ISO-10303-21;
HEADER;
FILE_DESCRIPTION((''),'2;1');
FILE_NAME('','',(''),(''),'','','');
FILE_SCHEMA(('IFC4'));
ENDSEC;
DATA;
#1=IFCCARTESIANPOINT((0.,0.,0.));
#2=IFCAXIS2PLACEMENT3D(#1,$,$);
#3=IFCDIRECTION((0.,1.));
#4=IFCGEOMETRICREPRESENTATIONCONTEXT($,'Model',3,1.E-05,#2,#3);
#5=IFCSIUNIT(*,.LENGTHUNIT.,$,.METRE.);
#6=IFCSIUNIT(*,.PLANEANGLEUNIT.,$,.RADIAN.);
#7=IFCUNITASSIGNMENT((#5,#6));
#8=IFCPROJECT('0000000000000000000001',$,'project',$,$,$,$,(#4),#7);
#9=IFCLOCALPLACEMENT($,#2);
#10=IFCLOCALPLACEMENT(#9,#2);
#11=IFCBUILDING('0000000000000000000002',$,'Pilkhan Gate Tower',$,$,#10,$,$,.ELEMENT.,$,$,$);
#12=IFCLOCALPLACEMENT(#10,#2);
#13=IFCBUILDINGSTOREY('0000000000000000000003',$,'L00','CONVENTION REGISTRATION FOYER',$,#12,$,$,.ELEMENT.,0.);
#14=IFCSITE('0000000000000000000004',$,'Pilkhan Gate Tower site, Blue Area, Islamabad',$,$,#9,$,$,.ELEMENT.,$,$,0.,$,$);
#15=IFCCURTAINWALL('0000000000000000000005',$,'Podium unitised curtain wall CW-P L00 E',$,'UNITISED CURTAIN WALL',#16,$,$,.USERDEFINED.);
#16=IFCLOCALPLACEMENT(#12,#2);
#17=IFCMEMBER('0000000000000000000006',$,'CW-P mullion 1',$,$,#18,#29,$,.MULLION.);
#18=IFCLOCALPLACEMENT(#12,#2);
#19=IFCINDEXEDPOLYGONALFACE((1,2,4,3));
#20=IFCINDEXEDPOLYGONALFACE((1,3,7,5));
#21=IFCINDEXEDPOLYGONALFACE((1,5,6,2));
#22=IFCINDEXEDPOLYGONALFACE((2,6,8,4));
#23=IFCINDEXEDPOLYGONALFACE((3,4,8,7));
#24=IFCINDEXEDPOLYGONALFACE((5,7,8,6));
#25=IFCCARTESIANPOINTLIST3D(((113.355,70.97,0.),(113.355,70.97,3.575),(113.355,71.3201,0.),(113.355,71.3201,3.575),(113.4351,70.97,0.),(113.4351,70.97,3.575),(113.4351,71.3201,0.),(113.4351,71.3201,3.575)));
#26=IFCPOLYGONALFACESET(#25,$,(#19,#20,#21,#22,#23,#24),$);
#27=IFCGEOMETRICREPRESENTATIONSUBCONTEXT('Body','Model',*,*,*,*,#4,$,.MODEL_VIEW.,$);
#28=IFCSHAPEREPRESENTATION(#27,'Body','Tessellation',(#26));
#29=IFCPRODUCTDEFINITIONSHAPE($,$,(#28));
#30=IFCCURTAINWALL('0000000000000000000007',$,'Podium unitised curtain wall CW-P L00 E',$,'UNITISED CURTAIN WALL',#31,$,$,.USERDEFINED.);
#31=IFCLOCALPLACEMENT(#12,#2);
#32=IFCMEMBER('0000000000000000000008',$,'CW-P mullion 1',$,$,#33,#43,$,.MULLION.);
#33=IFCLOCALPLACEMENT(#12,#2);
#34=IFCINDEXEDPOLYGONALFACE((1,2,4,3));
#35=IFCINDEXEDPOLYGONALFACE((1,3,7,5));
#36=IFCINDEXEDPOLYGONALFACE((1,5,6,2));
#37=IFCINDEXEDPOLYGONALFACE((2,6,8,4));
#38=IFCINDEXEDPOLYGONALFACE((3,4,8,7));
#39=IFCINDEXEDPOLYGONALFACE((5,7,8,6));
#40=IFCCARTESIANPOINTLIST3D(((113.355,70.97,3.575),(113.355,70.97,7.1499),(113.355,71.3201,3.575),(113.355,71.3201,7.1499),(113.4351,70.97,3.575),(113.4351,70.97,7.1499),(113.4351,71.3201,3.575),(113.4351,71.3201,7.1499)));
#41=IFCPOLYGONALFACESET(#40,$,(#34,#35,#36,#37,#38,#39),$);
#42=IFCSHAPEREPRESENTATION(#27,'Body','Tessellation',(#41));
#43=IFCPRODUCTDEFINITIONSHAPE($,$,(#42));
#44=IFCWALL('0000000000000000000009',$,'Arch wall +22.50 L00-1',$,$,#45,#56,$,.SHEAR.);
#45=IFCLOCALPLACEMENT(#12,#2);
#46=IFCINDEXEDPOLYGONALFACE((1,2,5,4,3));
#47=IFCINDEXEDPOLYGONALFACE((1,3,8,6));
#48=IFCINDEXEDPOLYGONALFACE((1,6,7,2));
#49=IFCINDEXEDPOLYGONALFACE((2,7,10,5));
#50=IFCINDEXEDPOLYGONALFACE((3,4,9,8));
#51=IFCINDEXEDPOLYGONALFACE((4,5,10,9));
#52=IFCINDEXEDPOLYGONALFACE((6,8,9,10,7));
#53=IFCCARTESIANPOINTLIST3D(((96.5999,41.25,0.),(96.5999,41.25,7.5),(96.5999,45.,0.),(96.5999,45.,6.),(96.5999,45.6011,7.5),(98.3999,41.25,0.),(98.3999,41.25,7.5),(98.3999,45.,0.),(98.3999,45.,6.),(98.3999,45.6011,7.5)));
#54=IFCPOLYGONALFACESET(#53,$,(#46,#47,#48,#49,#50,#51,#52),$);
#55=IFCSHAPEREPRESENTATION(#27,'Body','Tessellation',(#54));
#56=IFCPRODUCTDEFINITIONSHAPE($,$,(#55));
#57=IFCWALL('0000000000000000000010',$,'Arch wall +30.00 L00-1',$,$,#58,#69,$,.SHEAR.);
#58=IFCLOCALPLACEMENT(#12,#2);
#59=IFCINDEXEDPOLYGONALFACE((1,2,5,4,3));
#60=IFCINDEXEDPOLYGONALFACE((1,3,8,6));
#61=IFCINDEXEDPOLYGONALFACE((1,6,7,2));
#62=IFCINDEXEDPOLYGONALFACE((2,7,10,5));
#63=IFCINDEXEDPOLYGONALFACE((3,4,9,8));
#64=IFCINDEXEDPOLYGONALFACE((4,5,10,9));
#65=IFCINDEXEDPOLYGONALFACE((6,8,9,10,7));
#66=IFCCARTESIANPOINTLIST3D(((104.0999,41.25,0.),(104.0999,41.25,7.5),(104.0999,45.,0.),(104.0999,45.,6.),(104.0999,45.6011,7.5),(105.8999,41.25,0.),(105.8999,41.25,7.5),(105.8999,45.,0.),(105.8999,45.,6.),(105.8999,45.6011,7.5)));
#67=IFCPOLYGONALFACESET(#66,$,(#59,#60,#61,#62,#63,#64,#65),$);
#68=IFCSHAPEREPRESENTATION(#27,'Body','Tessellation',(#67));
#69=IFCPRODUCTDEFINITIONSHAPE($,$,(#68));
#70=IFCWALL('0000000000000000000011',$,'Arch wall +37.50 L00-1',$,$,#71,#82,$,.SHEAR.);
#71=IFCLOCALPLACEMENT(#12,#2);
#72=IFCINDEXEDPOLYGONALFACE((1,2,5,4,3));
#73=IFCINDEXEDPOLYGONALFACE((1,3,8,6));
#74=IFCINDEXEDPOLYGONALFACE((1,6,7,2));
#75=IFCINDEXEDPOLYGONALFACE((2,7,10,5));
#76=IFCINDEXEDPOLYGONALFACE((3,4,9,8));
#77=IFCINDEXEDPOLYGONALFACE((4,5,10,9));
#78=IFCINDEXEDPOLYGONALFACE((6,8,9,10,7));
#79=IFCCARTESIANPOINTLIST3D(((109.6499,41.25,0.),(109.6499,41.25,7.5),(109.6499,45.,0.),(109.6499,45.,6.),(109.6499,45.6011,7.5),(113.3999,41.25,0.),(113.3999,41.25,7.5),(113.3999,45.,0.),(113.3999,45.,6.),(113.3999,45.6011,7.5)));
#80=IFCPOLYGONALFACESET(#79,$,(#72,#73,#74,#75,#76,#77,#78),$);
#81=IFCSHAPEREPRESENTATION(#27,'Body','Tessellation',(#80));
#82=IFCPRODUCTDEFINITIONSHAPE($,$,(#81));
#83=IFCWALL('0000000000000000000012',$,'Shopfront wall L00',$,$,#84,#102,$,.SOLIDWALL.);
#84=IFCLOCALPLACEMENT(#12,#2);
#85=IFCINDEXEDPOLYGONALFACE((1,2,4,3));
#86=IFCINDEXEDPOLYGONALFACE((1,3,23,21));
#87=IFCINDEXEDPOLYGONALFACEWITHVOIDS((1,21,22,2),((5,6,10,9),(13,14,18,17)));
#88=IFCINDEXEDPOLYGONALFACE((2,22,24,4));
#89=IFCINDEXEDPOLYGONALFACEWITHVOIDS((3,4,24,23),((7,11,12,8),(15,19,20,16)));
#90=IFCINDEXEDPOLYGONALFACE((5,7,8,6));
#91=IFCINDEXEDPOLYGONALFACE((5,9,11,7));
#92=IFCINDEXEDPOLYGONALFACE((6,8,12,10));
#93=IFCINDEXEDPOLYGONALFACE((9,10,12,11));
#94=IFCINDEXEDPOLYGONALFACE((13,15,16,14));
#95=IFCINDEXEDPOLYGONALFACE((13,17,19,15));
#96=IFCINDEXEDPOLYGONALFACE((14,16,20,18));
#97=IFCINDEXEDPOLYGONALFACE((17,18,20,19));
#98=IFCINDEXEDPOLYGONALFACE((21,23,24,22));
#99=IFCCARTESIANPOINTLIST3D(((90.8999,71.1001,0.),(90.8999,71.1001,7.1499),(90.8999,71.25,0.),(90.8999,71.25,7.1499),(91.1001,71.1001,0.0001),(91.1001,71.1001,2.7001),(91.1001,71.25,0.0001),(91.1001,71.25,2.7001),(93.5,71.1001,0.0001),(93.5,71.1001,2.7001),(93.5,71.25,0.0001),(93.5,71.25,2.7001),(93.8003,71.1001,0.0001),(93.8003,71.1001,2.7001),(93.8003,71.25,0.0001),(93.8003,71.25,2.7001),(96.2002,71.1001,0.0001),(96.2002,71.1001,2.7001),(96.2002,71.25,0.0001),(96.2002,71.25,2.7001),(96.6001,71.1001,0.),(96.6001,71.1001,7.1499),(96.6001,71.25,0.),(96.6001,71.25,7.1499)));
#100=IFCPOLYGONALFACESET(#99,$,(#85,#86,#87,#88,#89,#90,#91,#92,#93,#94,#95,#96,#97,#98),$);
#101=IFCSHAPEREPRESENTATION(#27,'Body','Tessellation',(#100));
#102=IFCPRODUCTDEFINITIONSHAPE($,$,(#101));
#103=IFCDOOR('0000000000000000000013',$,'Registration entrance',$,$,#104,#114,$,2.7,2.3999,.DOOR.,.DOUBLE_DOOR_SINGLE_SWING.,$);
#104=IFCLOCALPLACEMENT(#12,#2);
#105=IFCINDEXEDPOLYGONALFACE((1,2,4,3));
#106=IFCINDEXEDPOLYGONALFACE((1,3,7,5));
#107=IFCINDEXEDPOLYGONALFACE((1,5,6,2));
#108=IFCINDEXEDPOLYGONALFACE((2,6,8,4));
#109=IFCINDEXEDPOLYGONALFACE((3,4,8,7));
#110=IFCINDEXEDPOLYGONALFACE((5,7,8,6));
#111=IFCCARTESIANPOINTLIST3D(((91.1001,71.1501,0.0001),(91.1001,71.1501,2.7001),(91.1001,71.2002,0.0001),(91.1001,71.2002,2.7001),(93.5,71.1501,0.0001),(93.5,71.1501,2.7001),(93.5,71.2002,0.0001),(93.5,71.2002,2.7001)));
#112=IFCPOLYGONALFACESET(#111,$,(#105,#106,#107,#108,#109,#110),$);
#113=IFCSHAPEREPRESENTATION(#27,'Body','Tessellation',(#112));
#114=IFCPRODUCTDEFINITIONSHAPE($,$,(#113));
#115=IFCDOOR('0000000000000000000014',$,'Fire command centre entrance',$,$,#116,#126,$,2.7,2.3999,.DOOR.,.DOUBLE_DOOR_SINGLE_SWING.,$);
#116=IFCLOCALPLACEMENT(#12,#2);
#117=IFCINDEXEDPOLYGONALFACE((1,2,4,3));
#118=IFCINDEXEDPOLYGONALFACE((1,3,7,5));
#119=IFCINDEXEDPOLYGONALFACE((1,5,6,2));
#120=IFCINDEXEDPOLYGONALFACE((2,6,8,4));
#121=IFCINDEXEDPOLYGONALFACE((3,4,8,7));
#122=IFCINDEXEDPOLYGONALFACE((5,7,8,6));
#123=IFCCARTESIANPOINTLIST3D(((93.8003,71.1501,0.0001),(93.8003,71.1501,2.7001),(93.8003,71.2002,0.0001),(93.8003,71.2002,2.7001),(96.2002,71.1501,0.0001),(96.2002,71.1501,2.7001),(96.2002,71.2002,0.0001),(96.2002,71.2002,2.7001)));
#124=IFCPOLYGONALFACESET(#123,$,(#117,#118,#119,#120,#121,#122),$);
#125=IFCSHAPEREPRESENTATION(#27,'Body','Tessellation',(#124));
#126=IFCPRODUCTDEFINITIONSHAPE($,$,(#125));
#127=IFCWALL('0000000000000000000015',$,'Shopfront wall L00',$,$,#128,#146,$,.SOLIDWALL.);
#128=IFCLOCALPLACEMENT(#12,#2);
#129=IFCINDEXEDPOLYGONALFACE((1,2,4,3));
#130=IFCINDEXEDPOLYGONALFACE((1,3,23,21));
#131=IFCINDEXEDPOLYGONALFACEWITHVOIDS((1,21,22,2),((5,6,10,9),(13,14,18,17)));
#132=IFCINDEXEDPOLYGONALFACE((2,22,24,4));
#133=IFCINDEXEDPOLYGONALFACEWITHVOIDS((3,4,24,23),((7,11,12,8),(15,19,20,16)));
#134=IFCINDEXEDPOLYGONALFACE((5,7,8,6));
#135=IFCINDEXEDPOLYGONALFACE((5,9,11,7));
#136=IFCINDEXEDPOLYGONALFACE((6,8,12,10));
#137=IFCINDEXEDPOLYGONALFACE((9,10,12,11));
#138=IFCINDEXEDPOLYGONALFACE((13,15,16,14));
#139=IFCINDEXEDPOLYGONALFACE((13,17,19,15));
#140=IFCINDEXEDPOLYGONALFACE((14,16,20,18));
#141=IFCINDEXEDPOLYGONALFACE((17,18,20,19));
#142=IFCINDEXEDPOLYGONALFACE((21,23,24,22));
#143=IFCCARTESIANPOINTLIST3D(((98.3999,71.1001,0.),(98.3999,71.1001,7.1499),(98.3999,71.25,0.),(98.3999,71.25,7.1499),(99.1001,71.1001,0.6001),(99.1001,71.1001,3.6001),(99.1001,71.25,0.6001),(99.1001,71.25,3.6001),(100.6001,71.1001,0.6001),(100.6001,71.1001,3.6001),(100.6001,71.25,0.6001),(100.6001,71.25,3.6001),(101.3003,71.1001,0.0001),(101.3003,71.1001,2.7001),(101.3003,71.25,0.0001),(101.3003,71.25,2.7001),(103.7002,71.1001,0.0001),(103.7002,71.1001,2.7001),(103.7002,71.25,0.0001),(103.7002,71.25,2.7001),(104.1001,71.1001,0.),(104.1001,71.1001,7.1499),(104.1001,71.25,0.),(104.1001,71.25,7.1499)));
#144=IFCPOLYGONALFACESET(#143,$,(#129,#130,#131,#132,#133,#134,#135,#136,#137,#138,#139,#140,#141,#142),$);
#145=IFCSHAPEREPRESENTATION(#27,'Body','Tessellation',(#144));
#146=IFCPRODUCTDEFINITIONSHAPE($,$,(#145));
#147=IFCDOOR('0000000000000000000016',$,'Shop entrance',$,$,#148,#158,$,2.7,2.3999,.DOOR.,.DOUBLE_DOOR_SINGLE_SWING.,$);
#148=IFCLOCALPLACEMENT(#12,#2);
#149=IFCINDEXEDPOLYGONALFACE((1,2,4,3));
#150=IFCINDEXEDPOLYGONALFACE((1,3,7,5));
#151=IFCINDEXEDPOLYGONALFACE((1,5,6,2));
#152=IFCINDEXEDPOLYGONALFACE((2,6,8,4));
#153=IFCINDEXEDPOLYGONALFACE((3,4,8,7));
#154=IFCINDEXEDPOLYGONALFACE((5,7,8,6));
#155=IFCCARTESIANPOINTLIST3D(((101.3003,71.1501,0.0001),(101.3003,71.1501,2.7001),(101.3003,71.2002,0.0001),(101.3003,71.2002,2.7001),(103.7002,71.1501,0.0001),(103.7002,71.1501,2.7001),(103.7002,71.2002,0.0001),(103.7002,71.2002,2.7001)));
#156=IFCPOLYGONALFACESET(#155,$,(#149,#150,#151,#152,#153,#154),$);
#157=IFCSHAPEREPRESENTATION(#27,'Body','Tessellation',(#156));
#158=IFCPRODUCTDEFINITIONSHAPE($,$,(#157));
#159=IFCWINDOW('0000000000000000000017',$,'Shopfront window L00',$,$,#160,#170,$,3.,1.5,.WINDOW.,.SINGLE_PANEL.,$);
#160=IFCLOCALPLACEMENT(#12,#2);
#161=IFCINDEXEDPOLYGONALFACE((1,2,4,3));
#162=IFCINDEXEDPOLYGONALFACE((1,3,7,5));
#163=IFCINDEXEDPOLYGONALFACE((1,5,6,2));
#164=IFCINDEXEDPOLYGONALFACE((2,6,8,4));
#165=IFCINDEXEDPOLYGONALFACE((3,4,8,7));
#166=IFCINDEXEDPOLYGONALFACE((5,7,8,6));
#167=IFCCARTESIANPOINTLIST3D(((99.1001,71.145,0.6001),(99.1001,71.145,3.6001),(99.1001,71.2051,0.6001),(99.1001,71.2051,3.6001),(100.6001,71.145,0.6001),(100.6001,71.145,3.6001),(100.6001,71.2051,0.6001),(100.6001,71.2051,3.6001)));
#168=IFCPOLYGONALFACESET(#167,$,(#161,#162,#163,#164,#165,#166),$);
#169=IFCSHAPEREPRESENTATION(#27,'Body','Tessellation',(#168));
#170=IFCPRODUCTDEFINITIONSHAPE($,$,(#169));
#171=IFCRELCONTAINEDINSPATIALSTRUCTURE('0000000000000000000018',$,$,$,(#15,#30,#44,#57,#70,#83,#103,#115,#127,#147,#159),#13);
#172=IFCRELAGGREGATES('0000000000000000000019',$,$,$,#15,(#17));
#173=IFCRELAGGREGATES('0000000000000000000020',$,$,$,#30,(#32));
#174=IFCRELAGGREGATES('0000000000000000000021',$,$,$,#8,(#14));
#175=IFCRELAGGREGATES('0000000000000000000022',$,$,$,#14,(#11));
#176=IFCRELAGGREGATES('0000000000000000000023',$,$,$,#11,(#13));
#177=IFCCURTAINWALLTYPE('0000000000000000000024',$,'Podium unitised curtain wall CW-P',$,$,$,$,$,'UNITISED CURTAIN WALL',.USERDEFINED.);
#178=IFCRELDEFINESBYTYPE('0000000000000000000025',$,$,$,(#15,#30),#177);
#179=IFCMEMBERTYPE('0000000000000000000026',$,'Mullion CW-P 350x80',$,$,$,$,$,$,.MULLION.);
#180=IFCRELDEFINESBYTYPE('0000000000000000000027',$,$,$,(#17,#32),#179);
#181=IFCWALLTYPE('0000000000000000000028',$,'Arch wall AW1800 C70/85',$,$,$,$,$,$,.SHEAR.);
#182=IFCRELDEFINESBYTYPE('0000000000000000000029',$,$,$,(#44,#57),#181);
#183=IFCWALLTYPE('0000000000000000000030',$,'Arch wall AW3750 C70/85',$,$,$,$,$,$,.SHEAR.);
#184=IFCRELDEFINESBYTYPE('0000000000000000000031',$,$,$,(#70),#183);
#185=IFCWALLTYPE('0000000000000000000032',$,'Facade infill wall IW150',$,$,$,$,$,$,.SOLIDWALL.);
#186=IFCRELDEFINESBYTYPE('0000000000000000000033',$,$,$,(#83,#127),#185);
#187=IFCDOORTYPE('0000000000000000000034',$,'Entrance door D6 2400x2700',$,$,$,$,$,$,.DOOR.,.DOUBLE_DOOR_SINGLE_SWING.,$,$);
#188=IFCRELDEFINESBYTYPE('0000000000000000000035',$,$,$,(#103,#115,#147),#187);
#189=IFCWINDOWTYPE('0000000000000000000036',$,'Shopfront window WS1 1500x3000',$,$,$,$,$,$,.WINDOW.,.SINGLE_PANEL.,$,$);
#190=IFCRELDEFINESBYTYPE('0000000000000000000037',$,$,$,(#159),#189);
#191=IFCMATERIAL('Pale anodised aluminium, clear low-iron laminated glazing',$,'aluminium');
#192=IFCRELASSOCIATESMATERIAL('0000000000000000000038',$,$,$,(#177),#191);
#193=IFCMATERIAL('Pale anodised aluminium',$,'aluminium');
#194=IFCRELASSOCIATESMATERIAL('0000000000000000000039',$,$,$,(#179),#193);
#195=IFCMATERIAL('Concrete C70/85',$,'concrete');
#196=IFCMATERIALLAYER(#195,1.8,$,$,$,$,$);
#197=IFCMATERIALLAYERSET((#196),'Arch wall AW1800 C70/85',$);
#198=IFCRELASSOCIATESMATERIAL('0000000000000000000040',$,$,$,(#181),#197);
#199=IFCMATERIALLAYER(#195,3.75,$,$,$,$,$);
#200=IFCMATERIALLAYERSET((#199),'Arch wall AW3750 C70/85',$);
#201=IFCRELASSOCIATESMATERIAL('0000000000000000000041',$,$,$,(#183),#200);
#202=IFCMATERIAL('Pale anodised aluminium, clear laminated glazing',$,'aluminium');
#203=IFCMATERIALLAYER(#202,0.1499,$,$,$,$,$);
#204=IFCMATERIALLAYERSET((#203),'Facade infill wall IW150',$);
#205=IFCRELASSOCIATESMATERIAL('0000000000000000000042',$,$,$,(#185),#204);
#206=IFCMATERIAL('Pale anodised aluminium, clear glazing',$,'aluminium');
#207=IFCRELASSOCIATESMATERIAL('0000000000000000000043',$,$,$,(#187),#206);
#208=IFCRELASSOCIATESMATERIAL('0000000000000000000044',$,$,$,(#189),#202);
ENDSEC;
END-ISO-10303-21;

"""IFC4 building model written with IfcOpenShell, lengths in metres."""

from ifc_helpers import new_model, si_unit, direction, frame, frame_2d, origin, origin_2d, place, context, subcontext, project, spatial, polyline, rectangle, outline, extrude, material, layer, layer_set, material_profile, profile_set, type_object, element, fill, aggregate, save


model = new_model("IFC4")

# Units and contexts
model_context = context("Model", 3, precision=1e-05, world=origin(), true_north=direction((0.0, 1.0)))
body_context = subcontext(model_context, "Body", "Model", "MODEL_VIEW")
ifc_project = project(units=[si_unit("LENGTHUNIT", "METRE"), si_unit("PLANEANGLEUNIT", "RADIAN")], contexts=[model_context])

# Site, building, storey
site_placement = place(None, origin())
site = spatial("IfcSite", under=ifc_project, at=site_placement, Name="Pilkhan Gate Tower site, Blue Area, Islamabad", CompositionType="ELEMENT", RefElevation=0.0)
building_placement = place(site_placement, origin())
building = spatial("IfcBuilding", under=site, at=building_placement, Name="Pilkhan Gate Tower", CompositionType="ELEMENT")
storey_placement = place(building_placement, origin())
storey = spatial("IfcBuildingStorey", under=building, at=storey_placement, Name="L00", Description="CONVENTION REGISTRATION FOYER", CompositionType="ELEMENT", Elevation=0.0)

# Curtain walls, members
ifc_material_1 = material(Name="Pale anodised aluminium, clear low-iron laminated glazing", Category="aluminium")
curtain_wall_type = type_object("IfcCurtainWallType", Name="Podium unitised curtain wall CW-P", ElementType="UNITISED CURTAIN WALL", PredefinedType="USERDEFINED", material=ifc_material_1)
curtain_wall_1_placement = place(storey_placement, origin())
curtain_wall_1 = element("IfcCurtainWall", 1, at=curtain_wall_1_placement, inside=storey, type_object=curtain_wall_type, Name="Podium unitised curtain wall CW-P L00 E", ObjectType="UNITISED CURTAIN WALL", PredefinedType="USERDEFINED")
ifc_material_2 = material(Name="Pale anodised aluminium", Category="aluminium")
ifc_material_profile = material_profile(ifc_material_2, rectangle(XDim=0.0801, YDim=0.3501, at=origin_2d()), Name="Mullion 350x80")
ifc_profile_set = profile_set([ifc_material_profile], Name="Pale anodised aluminium")
member_type = type_object("IfcMemberType", Name="Mullion CW-P 350x80", PredefinedType="MULLION", material=ifc_profile_set)
member_1_placement = place(storey_placement, frame((113.395, 71.145, 0.0), z_axis=(0.0, 0.0, 1.0), x_axis=(-1.0, 0.0, 0.0)))
member_1 = element("IfcMember", 2, at=member_1_placement, type_object=member_type, Name="CW-P mullion 1", PredefinedType="MULLION", context=body_context, shape_type="SweptSolid", body=[
    extrude(rectangle(XDim=0.0801, YDim=0.3501, at=origin_2d()), origin(), (0.0, 0.0, 1.0), 3.575),
])
aggregate(curtain_wall_1, [member_1])
curtain_wall_2_placement = place(storey_placement, origin())
curtain_wall_2 = element("IfcCurtainWall", 3, at=curtain_wall_2_placement, inside=storey, type_object=curtain_wall_type, Name="Podium unitised curtain wall CW-P L00 E", ObjectType="UNITISED CURTAIN WALL", PredefinedType="USERDEFINED")
member_2_placement = place(storey_placement, frame((113.395, 71.145, 3.575), z_axis=(0.0, 0.0, 1.0), x_axis=(-1.0, 0.0, 0.0)))
member_2 = element("IfcMember", 4, at=member_2_placement, type_object=member_type, Name="CW-P mullion 1", PredefinedType="MULLION", context=body_context, shape_type="SweptSolid", body=[
    extrude(rectangle(XDim=0.0801, YDim=0.3501, at=origin_2d()), origin(), (0.0, 0.0, 1.0), 3.575),
])
aggregate(curtain_wall_2, [member_2])

# Walls
ifc_material_3 = material(Name="Concrete C70/85", Category="concrete")
ifc_layer_1 = layer(ifc_material_3, 1.8)
ifc_layer_set_1 = layer_set([ifc_layer_1], Name="Arch wall AW1800 C70/85")
wall_type_1 = type_object("IfcWallType", Name="Arch wall AW1800 C70/85", PredefinedType="SHEAR", material=ifc_layer_set_1)
for number, where, z_axis, x_axis, name in (
    (5, (98.3999, 45.6011, 7.5), (1.0, 0.0, 0.0), (0.0, -1.0, 0.0), "Arch wall +22.50 L00-1"),
    (6, (105.8999, 45.6011, 7.5), (1.0, 0.0, 0.0), (0.0, -1.0, 0.0), "Arch wall +30.00 L00-1"),
):
    element("IfcWall", number, at=place(storey_placement, frame(where, z_axis=z_axis, x_axis=x_axis)), inside=storey, type_object=wall_type_1, Name=name, PredefinedType="SHEAR", context=body_context, shape_type="SweptSolid", body=[
        extrude(outline(polyline([(0.0, 0.0), (4.3511, 0.0), (4.3511, 7.5), (0.6011, 7.5), (0.6011, 1.5), (0.0, 0.0)])), origin(), (0.0, 0.0, -1.0), 1.8),
    ])
ifc_layer_2 = layer(ifc_material_3, 3.75)
ifc_layer_set_2 = layer_set([ifc_layer_2], Name="Arch wall AW3750 C70/85")
wall_type_2 = type_object("IfcWallType", Name="Arch wall AW3750 C70/85", PredefinedType="SHEAR", material=ifc_layer_set_2)
wall_1_placement = place(storey_placement, frame((113.3999, 45.6011, 7.5), z_axis=(1.0, 0.0, 0.0), x_axis=(0.0, -1.0, 0.0)))
element("IfcWall", 7, at=wall_1_placement, inside=storey, type_object=wall_type_2, Name="Arch wall +37.50 L00-1", PredefinedType="SHEAR", context=body_context, shape_type="SweptSolid", body=[
    extrude(outline(polyline([(0.0, 0.0), (4.3511, 0.0), (4.3511, 7.5), (0.6011, 7.5), (0.6011, 1.5), (0.0, 0.0)])), origin(), (0.0, 0.0, -1.0), 3.75),
])

# Wall, openings, doors
ifc_material_4 = material(Name="Pale anodised aluminium, clear laminated glazing", Category="aluminium")
ifc_layer_3 = layer(ifc_material_4, 0.1499)
ifc_layer_set_3 = layer_set([ifc_layer_3], Name="Facade infill wall IW150")
wall_type_3 = type_object("IfcWallType", Name="Facade infill wall IW150", PredefinedType="SOLIDWALL", material=ifc_layer_set_3)
wall_2_placement = place(storey_placement, frame((96.6001, 71.175, 0.0), z_axis=(0.0, 0.0, 1.0), x_axis=(-1.0, 0.0, 0.0)))
wall_2 = element("IfcWall", 8, at=wall_2_placement, inside=storey, type_object=wall_type_3, Name="Shopfront wall L00", PredefinedType="SOLIDWALL", context=body_context, shape_type="SweptSolid", body=[
    extrude(rectangle(XDim=5.7002, YDim=0.1499, at=frame_2d((2.8501, 0.0))), origin(), (0.0, 0.0, 1.0), 7.1499),
])
opening_1_placement = place(wall_2_placement, frame((3.1001, 0.0, 0.0)))
opening_1 = element("IfcOpeningElement", 9, at=opening_1_placement, cuts=wall_2, PredefinedType="OPENING", context=body_context, shape_type="SweptSolid", body=[
    extrude(rectangle(XDim=2.3999, YDim=2.7, at=frame_2d((1.2, 1.3501))), frame((0.0, 0.085, 0.0), z_axis=(0.0, -1.0, 0.0), x_axis=(1.0, 0.0, 0.0)), (0.0, 0.0, 1.0), 0.1699),
])
opening_2_placement = place(wall_2_placement, frame((0.3999, 0.0, 0.0)))
opening_2 = element("IfcOpeningElement", 10, at=opening_2_placement, cuts=wall_2, PredefinedType="OPENING", context=body_context, shape_type="SweptSolid", body=[
    extrude(rectangle(XDim=2.3999, YDim=2.7, at=frame_2d((1.2, 1.3501))), frame((0.0, 0.085, 0.0), z_axis=(0.0, -1.0, 0.0), x_axis=(1.0, 0.0, 0.0)), (0.0, 0.0, 1.0), 0.1699),
])
ifc_material_5 = material(Name="Pale anodised aluminium, clear glazing", Category="aluminium")
door_type = type_object("IfcDoorType", Name="Entrance door D6 2400x2700", OperationType="DOUBLE_DOOR_SINGLE_SWING", PredefinedType="DOOR", material=ifc_material_5)
door_1_placement = place(opening_1_placement, origin())
door_1 = element("IfcDoor", 11, at=door_1_placement, inside=storey, type_object=door_type, Name="Registration entrance", OperationType="DOUBLE_DOOR_SINGLE_SWING", OverallHeight=2.7, OverallWidth=2.3999, PredefinedType="DOOR", context=body_context, shape_type="SweptSolid", body=[
    extrude(rectangle(XDim=2.3999, YDim=2.7, at=frame_2d((1.2, 1.3501))), frame((0.0, 0.0249, 0.0), z_axis=(0.0, -1.0, 0.0), x_axis=(1.0, 0.0, 0.0)), (0.0, 0.0, 1.0), 0.05),
])
fill(opening_1, door_1)
door_2_placement = place(opening_2_placement, origin())
door_2 = element("IfcDoor", 12, at=door_2_placement, inside=storey, type_object=door_type, Name="Fire command centre entrance", OperationType="DOUBLE_DOOR_SINGLE_SWING", OverallHeight=2.7, OverallWidth=2.3999, PredefinedType="DOOR", context=body_context, shape_type="SweptSolid", body=[
    extrude(rectangle(XDim=2.3999, YDim=2.7, at=frame_2d((1.2, 1.3501))), frame((0.0, 0.0249, 0.0), z_axis=(0.0, -1.0, 0.0), x_axis=(1.0, 0.0, 0.0)), (0.0, 0.0, 1.0), 0.05),
])
fill(opening_2, door_2)

# Wall, openings, door, window
wall_3_placement = place(storey_placement, frame((104.1001, 71.175, 0.0), z_axis=(0.0, 0.0, 1.0), x_axis=(-1.0, 0.0, 0.0)))
wall_3 = element("IfcWall", 13, at=wall_3_placement, inside=storey, type_object=wall_type_3, Name="Shopfront wall L00", PredefinedType="SOLIDWALL", context=body_context, shape_type="SweptSolid", body=[
    extrude(rectangle(XDim=5.7002, YDim=0.1499, at=frame_2d((2.8501, 0.0))), origin(), (0.0, 0.0, 1.0), 7.1499),
])
opening_3_placement = place(wall_3_placement, frame((0.3999, 0.0, 0.0)))
opening_3 = element("IfcOpeningElement", 14, at=opening_3_placement, cuts=wall_3, PredefinedType="OPENING", context=body_context, shape_type="SweptSolid", body=[
    extrude(rectangle(XDim=2.3999, YDim=2.7, at=frame_2d((1.2, 1.3501))), frame((0.0, 0.085, 0.0), z_axis=(0.0, -1.0, 0.0), x_axis=(1.0, 0.0, 0.0)), (0.0, 0.0, 1.0), 0.1699),
])
opening_4_placement = place(wall_3_placement, frame((3.5, 0.0, 0.6001)))
opening_4 = element("IfcOpeningElement", 15, at=opening_4_placement, cuts=wall_3, PredefinedType="OPENING", context=body_context, shape_type="SweptSolid", body=[
    extrude(rectangle(XDim=1.5, YDim=3.0, at=frame_2d((0.75, 1.5))), frame((0.0, 0.085, 0.0), z_axis=(0.0, -1.0, 0.0), x_axis=(1.0, 0.0, 0.0)), (0.0, 0.0, 1.0), 0.1699),
])
door_3_placement = place(opening_3_placement, origin())
door_3 = element("IfcDoor", 16, at=door_3_placement, inside=storey, type_object=door_type, Name="Shop entrance", OperationType="DOUBLE_DOOR_SINGLE_SWING", OverallHeight=2.7, OverallWidth=2.3999, PredefinedType="DOOR", context=body_context, shape_type="SweptSolid", body=[
    extrude(rectangle(XDim=2.3999, YDim=2.7, at=frame_2d((1.2, 1.3501))), frame((0.0, 0.0249, 0.0), z_axis=(0.0, -1.0, 0.0), x_axis=(1.0, 0.0, 0.0)), (0.0, 0.0, 1.0), 0.05),
])
fill(opening_3, door_3)
window_type = type_object("IfcWindowType", Name="Shopfront window WS1 1500x3000", PartitioningType="SINGLE_PANEL", PredefinedType="WINDOW", material=ifc_material_4)
window_1_placement = place(opening_4_placement, origin())
window_1 = element("IfcWindow", 17, at=window_1_placement, inside=storey, type_object=window_type, Name="Shopfront window L00", OverallHeight=3.0, OverallWidth=1.5, PartitioningType="SINGLE_PANEL", PredefinedType="WINDOW", context=body_context, shape_type="SweptSolid", body=[
    extrude(rectangle(XDim=1.5, YDim=3.0, at=frame_2d((0.75, 1.5))), frame((0.0, 0.03, 0.0), z_axis=(0.0, -1.0, 0.0), x_axis=(1.0, 0.0, 0.0)), (0.0, 0.0, 1.0), 0.0601),
])
fill(opening_4, window_1)

save(model, "model.ifc")
